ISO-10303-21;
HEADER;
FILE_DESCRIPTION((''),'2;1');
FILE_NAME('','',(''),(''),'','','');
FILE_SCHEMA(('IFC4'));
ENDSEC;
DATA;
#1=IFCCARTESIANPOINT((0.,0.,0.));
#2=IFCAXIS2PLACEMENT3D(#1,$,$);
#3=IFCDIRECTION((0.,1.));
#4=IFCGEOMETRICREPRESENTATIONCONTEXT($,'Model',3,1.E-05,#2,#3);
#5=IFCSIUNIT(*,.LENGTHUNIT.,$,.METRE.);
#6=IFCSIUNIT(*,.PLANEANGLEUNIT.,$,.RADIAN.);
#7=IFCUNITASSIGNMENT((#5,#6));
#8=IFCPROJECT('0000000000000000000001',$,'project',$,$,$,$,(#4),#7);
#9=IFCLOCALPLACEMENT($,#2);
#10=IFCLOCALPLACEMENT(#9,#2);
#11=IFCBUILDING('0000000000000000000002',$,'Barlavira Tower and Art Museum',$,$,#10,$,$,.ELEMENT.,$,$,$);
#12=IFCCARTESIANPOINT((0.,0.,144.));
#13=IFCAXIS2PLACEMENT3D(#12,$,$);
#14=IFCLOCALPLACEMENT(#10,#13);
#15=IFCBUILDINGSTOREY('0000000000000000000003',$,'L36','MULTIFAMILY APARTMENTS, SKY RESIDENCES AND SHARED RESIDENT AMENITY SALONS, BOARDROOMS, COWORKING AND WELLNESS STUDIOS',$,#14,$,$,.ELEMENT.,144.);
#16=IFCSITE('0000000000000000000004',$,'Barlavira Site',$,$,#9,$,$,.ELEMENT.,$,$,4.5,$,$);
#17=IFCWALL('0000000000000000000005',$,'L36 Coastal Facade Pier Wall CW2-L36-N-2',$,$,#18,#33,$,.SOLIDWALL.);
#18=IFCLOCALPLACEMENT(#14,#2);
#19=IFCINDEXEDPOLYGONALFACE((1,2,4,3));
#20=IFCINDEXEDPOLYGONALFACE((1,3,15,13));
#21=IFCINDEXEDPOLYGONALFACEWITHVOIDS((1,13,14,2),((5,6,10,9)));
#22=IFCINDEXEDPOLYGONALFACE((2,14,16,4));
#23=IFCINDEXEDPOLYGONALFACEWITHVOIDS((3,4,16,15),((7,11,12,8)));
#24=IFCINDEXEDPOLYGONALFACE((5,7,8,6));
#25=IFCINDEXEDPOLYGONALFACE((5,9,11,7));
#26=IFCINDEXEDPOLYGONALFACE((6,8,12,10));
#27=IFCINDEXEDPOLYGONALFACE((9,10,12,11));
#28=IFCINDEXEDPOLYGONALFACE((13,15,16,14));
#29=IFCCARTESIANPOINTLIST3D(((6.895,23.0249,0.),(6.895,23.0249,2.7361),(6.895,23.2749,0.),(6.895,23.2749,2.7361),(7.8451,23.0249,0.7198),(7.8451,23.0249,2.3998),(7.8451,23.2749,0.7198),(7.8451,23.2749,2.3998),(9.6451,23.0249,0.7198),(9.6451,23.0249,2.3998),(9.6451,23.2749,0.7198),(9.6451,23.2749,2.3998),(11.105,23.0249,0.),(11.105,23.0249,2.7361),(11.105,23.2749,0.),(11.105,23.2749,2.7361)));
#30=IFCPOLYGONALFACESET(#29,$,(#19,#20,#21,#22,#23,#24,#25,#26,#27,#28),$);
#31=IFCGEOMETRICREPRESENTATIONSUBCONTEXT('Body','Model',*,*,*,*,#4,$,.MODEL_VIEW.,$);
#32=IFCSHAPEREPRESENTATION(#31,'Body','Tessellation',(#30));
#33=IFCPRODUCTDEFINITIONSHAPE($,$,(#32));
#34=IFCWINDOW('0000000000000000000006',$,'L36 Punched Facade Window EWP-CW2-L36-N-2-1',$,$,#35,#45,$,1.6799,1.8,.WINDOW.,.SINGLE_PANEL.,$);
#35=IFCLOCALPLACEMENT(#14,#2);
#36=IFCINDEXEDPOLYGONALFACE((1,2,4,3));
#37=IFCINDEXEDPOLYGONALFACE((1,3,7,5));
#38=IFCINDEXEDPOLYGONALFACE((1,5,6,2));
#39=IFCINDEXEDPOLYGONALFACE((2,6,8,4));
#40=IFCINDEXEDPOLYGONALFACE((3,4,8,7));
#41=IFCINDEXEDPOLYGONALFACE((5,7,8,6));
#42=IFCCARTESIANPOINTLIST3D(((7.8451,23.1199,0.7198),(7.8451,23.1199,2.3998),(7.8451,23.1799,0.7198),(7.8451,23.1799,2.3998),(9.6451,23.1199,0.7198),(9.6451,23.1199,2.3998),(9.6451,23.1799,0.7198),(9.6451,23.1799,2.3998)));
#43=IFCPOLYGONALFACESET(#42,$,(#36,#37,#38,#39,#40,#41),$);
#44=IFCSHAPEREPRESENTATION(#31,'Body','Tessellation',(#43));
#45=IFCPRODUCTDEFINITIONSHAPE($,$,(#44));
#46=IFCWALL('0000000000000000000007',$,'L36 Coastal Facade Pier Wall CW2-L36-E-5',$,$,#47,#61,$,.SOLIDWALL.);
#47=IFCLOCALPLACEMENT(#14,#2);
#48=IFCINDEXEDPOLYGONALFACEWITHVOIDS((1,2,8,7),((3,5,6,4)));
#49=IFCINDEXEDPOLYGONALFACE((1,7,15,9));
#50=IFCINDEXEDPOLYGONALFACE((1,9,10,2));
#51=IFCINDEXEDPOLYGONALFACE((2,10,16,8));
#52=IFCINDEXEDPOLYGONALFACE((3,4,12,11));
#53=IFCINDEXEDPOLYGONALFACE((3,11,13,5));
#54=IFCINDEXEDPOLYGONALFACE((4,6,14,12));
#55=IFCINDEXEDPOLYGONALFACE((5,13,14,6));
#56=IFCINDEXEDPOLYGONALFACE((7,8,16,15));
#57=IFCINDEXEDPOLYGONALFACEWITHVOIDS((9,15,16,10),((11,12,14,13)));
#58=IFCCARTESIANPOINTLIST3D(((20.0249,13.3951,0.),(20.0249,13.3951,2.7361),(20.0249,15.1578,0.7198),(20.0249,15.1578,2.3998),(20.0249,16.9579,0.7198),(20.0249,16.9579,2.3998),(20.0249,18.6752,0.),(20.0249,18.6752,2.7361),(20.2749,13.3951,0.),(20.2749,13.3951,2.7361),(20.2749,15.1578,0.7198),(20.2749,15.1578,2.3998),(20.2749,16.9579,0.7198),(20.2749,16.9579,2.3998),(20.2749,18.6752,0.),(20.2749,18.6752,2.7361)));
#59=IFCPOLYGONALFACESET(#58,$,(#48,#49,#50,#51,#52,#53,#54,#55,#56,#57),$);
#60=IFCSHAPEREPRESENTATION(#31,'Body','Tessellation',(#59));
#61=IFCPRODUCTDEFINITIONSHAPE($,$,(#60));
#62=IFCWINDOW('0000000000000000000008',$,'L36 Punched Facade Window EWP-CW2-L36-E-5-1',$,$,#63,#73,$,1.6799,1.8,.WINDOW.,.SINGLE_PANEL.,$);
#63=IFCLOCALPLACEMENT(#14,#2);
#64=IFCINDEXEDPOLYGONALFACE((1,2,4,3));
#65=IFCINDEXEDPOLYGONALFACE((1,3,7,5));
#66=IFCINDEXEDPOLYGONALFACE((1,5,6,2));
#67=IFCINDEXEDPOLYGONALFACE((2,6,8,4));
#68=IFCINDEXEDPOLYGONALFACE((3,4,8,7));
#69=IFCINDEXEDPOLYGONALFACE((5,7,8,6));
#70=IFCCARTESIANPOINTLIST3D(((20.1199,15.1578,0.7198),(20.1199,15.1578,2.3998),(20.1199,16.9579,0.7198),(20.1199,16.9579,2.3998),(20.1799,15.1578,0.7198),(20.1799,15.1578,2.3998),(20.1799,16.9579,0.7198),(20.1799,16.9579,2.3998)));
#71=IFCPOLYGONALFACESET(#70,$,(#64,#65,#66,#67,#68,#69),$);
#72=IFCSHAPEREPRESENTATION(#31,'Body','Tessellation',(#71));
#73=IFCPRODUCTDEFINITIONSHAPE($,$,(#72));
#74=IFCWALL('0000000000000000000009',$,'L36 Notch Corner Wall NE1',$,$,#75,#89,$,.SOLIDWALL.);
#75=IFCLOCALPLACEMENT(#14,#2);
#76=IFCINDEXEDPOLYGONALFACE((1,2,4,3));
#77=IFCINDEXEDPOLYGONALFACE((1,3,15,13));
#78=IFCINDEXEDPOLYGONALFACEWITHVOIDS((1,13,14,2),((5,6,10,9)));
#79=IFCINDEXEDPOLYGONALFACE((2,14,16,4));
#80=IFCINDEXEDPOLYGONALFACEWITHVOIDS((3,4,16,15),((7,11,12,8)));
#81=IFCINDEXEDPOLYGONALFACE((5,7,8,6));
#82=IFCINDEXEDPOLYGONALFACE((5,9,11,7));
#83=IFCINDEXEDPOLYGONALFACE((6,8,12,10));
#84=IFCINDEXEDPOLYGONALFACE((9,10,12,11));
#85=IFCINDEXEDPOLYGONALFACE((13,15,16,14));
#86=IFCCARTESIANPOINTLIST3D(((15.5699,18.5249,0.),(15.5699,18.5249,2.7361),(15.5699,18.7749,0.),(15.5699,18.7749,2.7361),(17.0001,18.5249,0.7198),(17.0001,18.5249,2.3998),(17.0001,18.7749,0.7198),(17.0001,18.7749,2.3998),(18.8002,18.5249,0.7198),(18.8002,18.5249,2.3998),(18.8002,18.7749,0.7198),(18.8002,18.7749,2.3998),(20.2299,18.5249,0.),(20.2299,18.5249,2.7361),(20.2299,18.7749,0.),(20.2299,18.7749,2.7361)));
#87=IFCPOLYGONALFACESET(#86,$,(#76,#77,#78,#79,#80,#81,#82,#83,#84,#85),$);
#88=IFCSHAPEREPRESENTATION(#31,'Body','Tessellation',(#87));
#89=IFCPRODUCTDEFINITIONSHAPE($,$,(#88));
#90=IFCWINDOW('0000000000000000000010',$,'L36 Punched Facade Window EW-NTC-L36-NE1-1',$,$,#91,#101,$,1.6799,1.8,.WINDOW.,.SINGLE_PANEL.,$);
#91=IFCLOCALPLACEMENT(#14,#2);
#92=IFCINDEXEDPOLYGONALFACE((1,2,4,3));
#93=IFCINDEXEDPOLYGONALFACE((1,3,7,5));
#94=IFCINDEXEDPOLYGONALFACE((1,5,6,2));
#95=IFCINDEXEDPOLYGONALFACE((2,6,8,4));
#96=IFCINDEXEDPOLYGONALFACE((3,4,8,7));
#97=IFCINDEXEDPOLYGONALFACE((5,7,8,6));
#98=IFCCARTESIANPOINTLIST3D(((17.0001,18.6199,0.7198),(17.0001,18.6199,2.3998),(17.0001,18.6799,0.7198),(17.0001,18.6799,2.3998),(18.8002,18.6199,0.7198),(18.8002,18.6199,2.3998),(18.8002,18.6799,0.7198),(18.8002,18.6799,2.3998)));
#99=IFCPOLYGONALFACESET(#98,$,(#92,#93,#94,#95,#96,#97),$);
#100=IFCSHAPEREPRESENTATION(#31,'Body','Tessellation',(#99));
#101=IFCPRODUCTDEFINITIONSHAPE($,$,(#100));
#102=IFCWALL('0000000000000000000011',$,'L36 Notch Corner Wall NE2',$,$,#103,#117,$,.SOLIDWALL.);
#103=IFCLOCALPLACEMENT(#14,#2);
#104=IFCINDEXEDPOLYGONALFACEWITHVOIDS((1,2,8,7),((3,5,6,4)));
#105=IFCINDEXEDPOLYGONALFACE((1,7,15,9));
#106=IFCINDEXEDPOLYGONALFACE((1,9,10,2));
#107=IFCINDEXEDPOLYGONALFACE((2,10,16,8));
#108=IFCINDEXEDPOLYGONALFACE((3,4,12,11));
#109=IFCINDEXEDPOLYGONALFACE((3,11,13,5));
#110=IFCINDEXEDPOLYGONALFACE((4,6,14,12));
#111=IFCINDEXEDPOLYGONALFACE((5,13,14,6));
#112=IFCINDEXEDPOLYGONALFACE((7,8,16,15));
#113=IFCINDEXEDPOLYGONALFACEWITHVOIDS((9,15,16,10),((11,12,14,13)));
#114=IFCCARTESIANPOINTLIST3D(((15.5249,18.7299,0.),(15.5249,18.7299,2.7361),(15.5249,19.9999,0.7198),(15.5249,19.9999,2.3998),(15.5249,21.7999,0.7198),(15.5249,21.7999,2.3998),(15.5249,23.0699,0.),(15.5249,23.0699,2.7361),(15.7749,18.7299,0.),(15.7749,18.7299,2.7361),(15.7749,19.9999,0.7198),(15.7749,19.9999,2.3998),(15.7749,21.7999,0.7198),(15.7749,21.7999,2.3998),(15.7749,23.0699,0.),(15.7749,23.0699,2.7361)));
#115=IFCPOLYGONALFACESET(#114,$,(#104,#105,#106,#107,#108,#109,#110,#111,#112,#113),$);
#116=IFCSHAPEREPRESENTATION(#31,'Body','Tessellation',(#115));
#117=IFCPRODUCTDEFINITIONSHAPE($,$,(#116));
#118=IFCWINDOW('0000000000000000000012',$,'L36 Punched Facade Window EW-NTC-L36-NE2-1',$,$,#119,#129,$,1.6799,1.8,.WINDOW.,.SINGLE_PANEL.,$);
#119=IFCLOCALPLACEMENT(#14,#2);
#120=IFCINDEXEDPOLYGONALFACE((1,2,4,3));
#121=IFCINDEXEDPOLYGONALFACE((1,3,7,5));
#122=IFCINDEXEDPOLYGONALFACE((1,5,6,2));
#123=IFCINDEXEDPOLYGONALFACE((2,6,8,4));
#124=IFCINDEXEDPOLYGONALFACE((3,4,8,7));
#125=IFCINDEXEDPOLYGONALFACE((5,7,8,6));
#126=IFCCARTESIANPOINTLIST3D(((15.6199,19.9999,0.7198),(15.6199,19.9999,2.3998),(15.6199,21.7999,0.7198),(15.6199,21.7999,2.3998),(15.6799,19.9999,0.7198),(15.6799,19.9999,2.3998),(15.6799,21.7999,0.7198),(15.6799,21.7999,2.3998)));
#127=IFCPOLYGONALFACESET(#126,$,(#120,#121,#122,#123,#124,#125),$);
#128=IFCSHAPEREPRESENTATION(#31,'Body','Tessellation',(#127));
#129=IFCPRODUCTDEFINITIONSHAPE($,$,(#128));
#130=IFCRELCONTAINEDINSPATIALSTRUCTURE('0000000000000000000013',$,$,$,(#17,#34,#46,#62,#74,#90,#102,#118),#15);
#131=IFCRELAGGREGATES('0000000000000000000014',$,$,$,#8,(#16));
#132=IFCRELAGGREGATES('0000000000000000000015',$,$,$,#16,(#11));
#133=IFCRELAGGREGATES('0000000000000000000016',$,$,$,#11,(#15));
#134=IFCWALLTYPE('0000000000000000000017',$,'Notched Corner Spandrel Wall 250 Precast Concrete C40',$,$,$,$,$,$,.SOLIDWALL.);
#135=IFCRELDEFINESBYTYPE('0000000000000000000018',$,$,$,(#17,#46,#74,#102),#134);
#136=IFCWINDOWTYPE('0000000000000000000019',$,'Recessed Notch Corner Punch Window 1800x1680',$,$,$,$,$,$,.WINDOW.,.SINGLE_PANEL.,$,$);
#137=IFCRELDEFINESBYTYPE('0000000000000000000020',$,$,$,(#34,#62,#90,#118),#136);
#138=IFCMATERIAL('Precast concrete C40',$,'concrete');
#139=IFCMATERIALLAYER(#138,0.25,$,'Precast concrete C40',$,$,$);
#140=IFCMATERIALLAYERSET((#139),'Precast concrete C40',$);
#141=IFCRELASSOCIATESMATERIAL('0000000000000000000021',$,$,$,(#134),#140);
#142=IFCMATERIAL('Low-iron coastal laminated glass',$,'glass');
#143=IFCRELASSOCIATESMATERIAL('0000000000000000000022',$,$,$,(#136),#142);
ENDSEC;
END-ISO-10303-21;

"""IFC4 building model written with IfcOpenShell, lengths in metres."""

from ifc_helpers import new_model, si_unit, direction, frame, frame_2d, origin, place, context, subcontext, project, spatial, rectangle, extrude, material, layer, layer_set, type_object, element, fill, save


model = new_model("IFC4")

# Units and contexts
model_context = context("Model", 3, precision=1e-05, world=origin(), true_north=direction((0.0, 1.0)))
body_context = subcontext(model_context, "Body", "Model", "MODEL_VIEW")
ifc_project = project(units=[si_unit("LENGTHUNIT", "METRE"), si_unit("PLANEANGLEUNIT", "RADIAN")], contexts=[model_context])

# Site, building, storey
site_placement = place(None, origin())
site = spatial("IfcSite", under=ifc_project, at=site_placement, Name="Barlavira Site", CompositionType="ELEMENT", RefElevation=4.5)
building_placement = place(site_placement, origin())
building = spatial("IfcBuilding", under=site, at=building_placement, Name="Barlavira Tower and Art Museum", CompositionType="ELEMENT")
storey_placement = place(building_placement, frame((0.0, 0.0, 144.0)))
storey = spatial("IfcBuildingStorey", under=building, at=storey_placement, Name="L36", Description="MULTIFAMILY APARTMENTS, SKY RESIDENCES AND SHARED RESIDENT AMENITY SALONS, BOARDROOMS, COWORKING AND WELLNESS STUDIOS", CompositionType="ELEMENT", Elevation=144.0)

# Walls, openings, windows
ifc_material_1 = material(Name="Precast concrete C40", Category="concrete")
ifc_layer_1 = layer(ifc_material_1, 0.25, Name="Precast concrete C40")
ifc_layer_set_1 = layer_set([ifc_layer_1], Name="Precast concrete C40")
wall_type_1 = type_object("IfcWallType", Name="Notched Corner Spandrel Wall 250 Precast Concrete C40", PredefinedType="SOLIDWALL", material=ifc_layer_set_1)
ifc_material_2 = material(Name="Low-iron coastal laminated glass", Category="glass")
window_type = type_object("IfcWindowType", Name="Recessed Notch Corner Punch Window 1800x1680", PartitioningType="SINGLE_PANEL", PredefinedType="WINDOW", material=ifc_material_2)
wall_1_placement = place(storey_placement, frame((11.105, 23.1499, 0.0), z_axis=(0.0, 0.0, 1.0), x_axis=(-1.0, 0.0, 0.0)))
wall_1 = element("IfcWall", 1, at=wall_1_placement, inside=storey, type_object=wall_type_1, Name="L36 Coastal Facade Pier Wall CW2-L36-N-2", PredefinedType="SOLIDWALL", context=body_context, shape_type="SweptSolid", body=[
    extrude(rectangle(XDim=4.21, YDim=0.25, at=frame_2d((2.105, 0.0))), origin(), (0.0, 0.0, 1.0), 2.7361),
])
opening_1_placement = place(wall_1_placement, frame((1.46, 0.0, 0.72)))
opening_1 = element("IfcOpeningElement", 2, at=opening_1_placement, cuts=wall_1, PredefinedType="OPENING", context=body_context, shape_type="SweptSolid", body=[
    extrude(rectangle(XDim=1.8, YDim=1.6799, at=frame_2d((0.8999, 0.8398))), frame((0.0, 0.135, 0.0), z_axis=(0.0, -1.0, 0.0), x_axis=(1.0, 0.0, 0.0)), (0.0, 0.0, 1.0), 0.27),
])
window_1_placement = place(opening_1_placement, origin())
window_1 = element("IfcWindow", 3, at=window_1_placement, inside=storey, type_object=window_type, Name="L36 Punched Facade Window EWP-CW2-L36-N-2-1", OverallHeight=1.6799, OverallWidth=1.8, PartitioningType="SINGLE_PANEL", PredefinedType="WINDOW", context=body_context, shape_type="SweptSolid", body=[
    extrude(rectangle(XDim=1.8, YDim=1.6799, at=frame_2d((0.8999, 0.8398))), frame((0.0, 0.03, 0.0), z_axis=(0.0, -1.0, 0.0), x_axis=(1.0, 0.0, 0.0)), (0.0, 0.0, 1.0), 0.0601),
])
fill(opening_1, window_1)
wall_2_placement = place(storey_placement, frame((20.1499, 13.395, 0.0), z_axis=(0.0, 0.0, 1.0), x_axis=(0.0, 1.0, 0.0)))
wall_2 = element("IfcWall", 4, at=wall_2_placement, inside=storey, type_object=wall_type_1, Name="L36 Coastal Facade Pier Wall CW2-L36-E-5", PredefinedType="SOLIDWALL", context=body_context, shape_type="SweptSolid", body=[
    extrude(rectangle(XDim=5.28, YDim=0.25, at=frame_2d((2.6401, 0.0))), origin(), (0.0, 0.0, 1.0), 2.7361),
])
opening_2_placement = place(wall_2_placement, frame((1.7629, 0.0, 0.72)))
opening_2 = element("IfcOpeningElement", 5, at=opening_2_placement, cuts=wall_2, PredefinedType="OPENING", context=body_context, shape_type="SweptSolid", body=[
    extrude(rectangle(XDim=1.8, YDim=1.6799, at=frame_2d((0.8999, 0.8398))), frame((0.0, 0.135, 0.0), z_axis=(0.0, -1.0, 0.0), x_axis=(1.0, 0.0, 0.0)), (0.0, 0.0, 1.0), 0.27),
])
window_2_placement = place(opening_2_placement, origin())
window_2 = element("IfcWindow", 6, at=window_2_placement, inside=storey, type_object=window_type, Name="L36 Punched Facade Window EWP-CW2-L36-E-5-1", OverallHeight=1.6799, OverallWidth=1.8, PartitioningType="SINGLE_PANEL", PredefinedType="WINDOW", context=body_context, shape_type="SweptSolid", body=[
    extrude(rectangle(XDim=1.8, YDim=1.6799, at=frame_2d((0.8999, 0.8398))), frame((0.0, 0.03, 0.0), z_axis=(0.0, -1.0, 0.0), x_axis=(1.0, 0.0, 0.0)), (0.0, 0.0, 1.0), 0.0601),
])
fill(opening_2, window_2)
wall_3_placement = place(storey_placement, frame((20.23, 18.6499, 0.0), z_axis=(0.0, 0.0, 1.0), x_axis=(-1.0, 0.0, 0.0)))
wall_3 = element("IfcWall", 7, at=wall_3_placement, inside=storey, type_object=wall_type_1, Name="L36 Notch Corner Wall NE1", PredefinedType="SOLIDWALL", context=body_context, shape_type="SweptSolid", body=[
    extrude(rectangle(XDim=4.6599, YDim=0.25, at=frame_2d((2.3301, 0.0))), origin(), (0.0, 0.0, 1.0), 2.7361),
])
opening_3_placement = place(wall_3_placement, frame((1.4299, 0.0, 0.72)))
opening_3 = element("IfcOpeningElement", 8, at=opening_3_placement, cuts=wall_3, PredefinedType="OPENING", context=body_context, shape_type="SweptSolid", body=[
    extrude(rectangle(XDim=1.8, YDim=1.6799, at=frame_2d((0.8999, 0.8398))), frame((0.0, 0.135, 0.0), z_axis=(0.0, -1.0, 0.0), x_axis=(1.0, 0.0, 0.0)), (0.0, 0.0, 1.0), 0.27),
])
window_3_placement = place(opening_3_placement, origin())
window_3 = element("IfcWindow", 9, at=window_3_placement, inside=storey, type_object=window_type, Name="L36 Punched Facade Window EW-NTC-L36-NE1-1", OverallHeight=1.6799, OverallWidth=1.8, PartitioningType="SINGLE_PANEL", PredefinedType="WINDOW", context=body_context, shape_type="SweptSolid", body=[
    extrude(rectangle(XDim=1.8, YDim=1.6799, at=frame_2d((0.8999, 0.8398))), frame((0.0, 0.03, 0.0), z_axis=(0.0, -1.0, 0.0), x_axis=(1.0, 0.0, 0.0)), (0.0, 0.0, 1.0), 0.0601),
])
fill(opening_3, window_3)
wall_4_placement = place(storey_placement, frame((15.6499, 18.73, 0.0), z_axis=(0.0, 0.0, 1.0), x_axis=(0.0, 1.0, 0.0)))
wall_4 = element("IfcWall", 10, at=wall_4_placement, inside=storey, type_object=wall_type_1, Name="L36 Notch Corner Wall NE2", PredefinedType="SOLIDWALL", context=body_context, shape_type="SweptSolid", body=[
    extrude(rectangle(XDim=4.3401, YDim=0.25, at=frame_2d((2.1699, 0.0))), origin(), (0.0, 0.0, 1.0), 2.7361),
])
opening_4_placement = place(wall_4_placement, frame((1.27, 0.0, 0.72)))
opening_4 = element("IfcOpeningElement", 11, at=opening_4_placement, cuts=wall_4, PredefinedType="OPENING", context=body_context, shape_type="SweptSolid", body=[
    extrude(rectangle(XDim=1.8, YDim=1.6799, at=frame_2d((0.8999, 0.8398))), frame((0.0, 0.135, 0.0), z_axis=(0.0, -1.0, 0.0), x_axis=(1.0, 0.0, 0.0)), (0.0, 0.0, 1.0), 0.27),
])
window_4_placement = place(opening_4_placement, origin())
window_4 = element("IfcWindow", 12, at=window_4_placement, inside=storey, type_object=window_type, Name="L36 Punched Facade Window EW-NTC-L36-NE2-1", OverallHeight=1.6799, OverallWidth=1.8, PartitioningType="SINGLE_PANEL", PredefinedType="WINDOW", context=body_context, shape_type="SweptSolid", body=[
    extrude(rectangle(XDim=1.8, YDim=1.6799, at=frame_2d((0.8999, 0.8398))), frame((0.0, 0.03, 0.0), z_axis=(0.0, -1.0, 0.0), x_axis=(1.0, 0.0, 0.0)), (0.0, 0.0, 1.0), 0.0601),
])
fill(opening_4, window_4)

save(model, "model.ifc")
